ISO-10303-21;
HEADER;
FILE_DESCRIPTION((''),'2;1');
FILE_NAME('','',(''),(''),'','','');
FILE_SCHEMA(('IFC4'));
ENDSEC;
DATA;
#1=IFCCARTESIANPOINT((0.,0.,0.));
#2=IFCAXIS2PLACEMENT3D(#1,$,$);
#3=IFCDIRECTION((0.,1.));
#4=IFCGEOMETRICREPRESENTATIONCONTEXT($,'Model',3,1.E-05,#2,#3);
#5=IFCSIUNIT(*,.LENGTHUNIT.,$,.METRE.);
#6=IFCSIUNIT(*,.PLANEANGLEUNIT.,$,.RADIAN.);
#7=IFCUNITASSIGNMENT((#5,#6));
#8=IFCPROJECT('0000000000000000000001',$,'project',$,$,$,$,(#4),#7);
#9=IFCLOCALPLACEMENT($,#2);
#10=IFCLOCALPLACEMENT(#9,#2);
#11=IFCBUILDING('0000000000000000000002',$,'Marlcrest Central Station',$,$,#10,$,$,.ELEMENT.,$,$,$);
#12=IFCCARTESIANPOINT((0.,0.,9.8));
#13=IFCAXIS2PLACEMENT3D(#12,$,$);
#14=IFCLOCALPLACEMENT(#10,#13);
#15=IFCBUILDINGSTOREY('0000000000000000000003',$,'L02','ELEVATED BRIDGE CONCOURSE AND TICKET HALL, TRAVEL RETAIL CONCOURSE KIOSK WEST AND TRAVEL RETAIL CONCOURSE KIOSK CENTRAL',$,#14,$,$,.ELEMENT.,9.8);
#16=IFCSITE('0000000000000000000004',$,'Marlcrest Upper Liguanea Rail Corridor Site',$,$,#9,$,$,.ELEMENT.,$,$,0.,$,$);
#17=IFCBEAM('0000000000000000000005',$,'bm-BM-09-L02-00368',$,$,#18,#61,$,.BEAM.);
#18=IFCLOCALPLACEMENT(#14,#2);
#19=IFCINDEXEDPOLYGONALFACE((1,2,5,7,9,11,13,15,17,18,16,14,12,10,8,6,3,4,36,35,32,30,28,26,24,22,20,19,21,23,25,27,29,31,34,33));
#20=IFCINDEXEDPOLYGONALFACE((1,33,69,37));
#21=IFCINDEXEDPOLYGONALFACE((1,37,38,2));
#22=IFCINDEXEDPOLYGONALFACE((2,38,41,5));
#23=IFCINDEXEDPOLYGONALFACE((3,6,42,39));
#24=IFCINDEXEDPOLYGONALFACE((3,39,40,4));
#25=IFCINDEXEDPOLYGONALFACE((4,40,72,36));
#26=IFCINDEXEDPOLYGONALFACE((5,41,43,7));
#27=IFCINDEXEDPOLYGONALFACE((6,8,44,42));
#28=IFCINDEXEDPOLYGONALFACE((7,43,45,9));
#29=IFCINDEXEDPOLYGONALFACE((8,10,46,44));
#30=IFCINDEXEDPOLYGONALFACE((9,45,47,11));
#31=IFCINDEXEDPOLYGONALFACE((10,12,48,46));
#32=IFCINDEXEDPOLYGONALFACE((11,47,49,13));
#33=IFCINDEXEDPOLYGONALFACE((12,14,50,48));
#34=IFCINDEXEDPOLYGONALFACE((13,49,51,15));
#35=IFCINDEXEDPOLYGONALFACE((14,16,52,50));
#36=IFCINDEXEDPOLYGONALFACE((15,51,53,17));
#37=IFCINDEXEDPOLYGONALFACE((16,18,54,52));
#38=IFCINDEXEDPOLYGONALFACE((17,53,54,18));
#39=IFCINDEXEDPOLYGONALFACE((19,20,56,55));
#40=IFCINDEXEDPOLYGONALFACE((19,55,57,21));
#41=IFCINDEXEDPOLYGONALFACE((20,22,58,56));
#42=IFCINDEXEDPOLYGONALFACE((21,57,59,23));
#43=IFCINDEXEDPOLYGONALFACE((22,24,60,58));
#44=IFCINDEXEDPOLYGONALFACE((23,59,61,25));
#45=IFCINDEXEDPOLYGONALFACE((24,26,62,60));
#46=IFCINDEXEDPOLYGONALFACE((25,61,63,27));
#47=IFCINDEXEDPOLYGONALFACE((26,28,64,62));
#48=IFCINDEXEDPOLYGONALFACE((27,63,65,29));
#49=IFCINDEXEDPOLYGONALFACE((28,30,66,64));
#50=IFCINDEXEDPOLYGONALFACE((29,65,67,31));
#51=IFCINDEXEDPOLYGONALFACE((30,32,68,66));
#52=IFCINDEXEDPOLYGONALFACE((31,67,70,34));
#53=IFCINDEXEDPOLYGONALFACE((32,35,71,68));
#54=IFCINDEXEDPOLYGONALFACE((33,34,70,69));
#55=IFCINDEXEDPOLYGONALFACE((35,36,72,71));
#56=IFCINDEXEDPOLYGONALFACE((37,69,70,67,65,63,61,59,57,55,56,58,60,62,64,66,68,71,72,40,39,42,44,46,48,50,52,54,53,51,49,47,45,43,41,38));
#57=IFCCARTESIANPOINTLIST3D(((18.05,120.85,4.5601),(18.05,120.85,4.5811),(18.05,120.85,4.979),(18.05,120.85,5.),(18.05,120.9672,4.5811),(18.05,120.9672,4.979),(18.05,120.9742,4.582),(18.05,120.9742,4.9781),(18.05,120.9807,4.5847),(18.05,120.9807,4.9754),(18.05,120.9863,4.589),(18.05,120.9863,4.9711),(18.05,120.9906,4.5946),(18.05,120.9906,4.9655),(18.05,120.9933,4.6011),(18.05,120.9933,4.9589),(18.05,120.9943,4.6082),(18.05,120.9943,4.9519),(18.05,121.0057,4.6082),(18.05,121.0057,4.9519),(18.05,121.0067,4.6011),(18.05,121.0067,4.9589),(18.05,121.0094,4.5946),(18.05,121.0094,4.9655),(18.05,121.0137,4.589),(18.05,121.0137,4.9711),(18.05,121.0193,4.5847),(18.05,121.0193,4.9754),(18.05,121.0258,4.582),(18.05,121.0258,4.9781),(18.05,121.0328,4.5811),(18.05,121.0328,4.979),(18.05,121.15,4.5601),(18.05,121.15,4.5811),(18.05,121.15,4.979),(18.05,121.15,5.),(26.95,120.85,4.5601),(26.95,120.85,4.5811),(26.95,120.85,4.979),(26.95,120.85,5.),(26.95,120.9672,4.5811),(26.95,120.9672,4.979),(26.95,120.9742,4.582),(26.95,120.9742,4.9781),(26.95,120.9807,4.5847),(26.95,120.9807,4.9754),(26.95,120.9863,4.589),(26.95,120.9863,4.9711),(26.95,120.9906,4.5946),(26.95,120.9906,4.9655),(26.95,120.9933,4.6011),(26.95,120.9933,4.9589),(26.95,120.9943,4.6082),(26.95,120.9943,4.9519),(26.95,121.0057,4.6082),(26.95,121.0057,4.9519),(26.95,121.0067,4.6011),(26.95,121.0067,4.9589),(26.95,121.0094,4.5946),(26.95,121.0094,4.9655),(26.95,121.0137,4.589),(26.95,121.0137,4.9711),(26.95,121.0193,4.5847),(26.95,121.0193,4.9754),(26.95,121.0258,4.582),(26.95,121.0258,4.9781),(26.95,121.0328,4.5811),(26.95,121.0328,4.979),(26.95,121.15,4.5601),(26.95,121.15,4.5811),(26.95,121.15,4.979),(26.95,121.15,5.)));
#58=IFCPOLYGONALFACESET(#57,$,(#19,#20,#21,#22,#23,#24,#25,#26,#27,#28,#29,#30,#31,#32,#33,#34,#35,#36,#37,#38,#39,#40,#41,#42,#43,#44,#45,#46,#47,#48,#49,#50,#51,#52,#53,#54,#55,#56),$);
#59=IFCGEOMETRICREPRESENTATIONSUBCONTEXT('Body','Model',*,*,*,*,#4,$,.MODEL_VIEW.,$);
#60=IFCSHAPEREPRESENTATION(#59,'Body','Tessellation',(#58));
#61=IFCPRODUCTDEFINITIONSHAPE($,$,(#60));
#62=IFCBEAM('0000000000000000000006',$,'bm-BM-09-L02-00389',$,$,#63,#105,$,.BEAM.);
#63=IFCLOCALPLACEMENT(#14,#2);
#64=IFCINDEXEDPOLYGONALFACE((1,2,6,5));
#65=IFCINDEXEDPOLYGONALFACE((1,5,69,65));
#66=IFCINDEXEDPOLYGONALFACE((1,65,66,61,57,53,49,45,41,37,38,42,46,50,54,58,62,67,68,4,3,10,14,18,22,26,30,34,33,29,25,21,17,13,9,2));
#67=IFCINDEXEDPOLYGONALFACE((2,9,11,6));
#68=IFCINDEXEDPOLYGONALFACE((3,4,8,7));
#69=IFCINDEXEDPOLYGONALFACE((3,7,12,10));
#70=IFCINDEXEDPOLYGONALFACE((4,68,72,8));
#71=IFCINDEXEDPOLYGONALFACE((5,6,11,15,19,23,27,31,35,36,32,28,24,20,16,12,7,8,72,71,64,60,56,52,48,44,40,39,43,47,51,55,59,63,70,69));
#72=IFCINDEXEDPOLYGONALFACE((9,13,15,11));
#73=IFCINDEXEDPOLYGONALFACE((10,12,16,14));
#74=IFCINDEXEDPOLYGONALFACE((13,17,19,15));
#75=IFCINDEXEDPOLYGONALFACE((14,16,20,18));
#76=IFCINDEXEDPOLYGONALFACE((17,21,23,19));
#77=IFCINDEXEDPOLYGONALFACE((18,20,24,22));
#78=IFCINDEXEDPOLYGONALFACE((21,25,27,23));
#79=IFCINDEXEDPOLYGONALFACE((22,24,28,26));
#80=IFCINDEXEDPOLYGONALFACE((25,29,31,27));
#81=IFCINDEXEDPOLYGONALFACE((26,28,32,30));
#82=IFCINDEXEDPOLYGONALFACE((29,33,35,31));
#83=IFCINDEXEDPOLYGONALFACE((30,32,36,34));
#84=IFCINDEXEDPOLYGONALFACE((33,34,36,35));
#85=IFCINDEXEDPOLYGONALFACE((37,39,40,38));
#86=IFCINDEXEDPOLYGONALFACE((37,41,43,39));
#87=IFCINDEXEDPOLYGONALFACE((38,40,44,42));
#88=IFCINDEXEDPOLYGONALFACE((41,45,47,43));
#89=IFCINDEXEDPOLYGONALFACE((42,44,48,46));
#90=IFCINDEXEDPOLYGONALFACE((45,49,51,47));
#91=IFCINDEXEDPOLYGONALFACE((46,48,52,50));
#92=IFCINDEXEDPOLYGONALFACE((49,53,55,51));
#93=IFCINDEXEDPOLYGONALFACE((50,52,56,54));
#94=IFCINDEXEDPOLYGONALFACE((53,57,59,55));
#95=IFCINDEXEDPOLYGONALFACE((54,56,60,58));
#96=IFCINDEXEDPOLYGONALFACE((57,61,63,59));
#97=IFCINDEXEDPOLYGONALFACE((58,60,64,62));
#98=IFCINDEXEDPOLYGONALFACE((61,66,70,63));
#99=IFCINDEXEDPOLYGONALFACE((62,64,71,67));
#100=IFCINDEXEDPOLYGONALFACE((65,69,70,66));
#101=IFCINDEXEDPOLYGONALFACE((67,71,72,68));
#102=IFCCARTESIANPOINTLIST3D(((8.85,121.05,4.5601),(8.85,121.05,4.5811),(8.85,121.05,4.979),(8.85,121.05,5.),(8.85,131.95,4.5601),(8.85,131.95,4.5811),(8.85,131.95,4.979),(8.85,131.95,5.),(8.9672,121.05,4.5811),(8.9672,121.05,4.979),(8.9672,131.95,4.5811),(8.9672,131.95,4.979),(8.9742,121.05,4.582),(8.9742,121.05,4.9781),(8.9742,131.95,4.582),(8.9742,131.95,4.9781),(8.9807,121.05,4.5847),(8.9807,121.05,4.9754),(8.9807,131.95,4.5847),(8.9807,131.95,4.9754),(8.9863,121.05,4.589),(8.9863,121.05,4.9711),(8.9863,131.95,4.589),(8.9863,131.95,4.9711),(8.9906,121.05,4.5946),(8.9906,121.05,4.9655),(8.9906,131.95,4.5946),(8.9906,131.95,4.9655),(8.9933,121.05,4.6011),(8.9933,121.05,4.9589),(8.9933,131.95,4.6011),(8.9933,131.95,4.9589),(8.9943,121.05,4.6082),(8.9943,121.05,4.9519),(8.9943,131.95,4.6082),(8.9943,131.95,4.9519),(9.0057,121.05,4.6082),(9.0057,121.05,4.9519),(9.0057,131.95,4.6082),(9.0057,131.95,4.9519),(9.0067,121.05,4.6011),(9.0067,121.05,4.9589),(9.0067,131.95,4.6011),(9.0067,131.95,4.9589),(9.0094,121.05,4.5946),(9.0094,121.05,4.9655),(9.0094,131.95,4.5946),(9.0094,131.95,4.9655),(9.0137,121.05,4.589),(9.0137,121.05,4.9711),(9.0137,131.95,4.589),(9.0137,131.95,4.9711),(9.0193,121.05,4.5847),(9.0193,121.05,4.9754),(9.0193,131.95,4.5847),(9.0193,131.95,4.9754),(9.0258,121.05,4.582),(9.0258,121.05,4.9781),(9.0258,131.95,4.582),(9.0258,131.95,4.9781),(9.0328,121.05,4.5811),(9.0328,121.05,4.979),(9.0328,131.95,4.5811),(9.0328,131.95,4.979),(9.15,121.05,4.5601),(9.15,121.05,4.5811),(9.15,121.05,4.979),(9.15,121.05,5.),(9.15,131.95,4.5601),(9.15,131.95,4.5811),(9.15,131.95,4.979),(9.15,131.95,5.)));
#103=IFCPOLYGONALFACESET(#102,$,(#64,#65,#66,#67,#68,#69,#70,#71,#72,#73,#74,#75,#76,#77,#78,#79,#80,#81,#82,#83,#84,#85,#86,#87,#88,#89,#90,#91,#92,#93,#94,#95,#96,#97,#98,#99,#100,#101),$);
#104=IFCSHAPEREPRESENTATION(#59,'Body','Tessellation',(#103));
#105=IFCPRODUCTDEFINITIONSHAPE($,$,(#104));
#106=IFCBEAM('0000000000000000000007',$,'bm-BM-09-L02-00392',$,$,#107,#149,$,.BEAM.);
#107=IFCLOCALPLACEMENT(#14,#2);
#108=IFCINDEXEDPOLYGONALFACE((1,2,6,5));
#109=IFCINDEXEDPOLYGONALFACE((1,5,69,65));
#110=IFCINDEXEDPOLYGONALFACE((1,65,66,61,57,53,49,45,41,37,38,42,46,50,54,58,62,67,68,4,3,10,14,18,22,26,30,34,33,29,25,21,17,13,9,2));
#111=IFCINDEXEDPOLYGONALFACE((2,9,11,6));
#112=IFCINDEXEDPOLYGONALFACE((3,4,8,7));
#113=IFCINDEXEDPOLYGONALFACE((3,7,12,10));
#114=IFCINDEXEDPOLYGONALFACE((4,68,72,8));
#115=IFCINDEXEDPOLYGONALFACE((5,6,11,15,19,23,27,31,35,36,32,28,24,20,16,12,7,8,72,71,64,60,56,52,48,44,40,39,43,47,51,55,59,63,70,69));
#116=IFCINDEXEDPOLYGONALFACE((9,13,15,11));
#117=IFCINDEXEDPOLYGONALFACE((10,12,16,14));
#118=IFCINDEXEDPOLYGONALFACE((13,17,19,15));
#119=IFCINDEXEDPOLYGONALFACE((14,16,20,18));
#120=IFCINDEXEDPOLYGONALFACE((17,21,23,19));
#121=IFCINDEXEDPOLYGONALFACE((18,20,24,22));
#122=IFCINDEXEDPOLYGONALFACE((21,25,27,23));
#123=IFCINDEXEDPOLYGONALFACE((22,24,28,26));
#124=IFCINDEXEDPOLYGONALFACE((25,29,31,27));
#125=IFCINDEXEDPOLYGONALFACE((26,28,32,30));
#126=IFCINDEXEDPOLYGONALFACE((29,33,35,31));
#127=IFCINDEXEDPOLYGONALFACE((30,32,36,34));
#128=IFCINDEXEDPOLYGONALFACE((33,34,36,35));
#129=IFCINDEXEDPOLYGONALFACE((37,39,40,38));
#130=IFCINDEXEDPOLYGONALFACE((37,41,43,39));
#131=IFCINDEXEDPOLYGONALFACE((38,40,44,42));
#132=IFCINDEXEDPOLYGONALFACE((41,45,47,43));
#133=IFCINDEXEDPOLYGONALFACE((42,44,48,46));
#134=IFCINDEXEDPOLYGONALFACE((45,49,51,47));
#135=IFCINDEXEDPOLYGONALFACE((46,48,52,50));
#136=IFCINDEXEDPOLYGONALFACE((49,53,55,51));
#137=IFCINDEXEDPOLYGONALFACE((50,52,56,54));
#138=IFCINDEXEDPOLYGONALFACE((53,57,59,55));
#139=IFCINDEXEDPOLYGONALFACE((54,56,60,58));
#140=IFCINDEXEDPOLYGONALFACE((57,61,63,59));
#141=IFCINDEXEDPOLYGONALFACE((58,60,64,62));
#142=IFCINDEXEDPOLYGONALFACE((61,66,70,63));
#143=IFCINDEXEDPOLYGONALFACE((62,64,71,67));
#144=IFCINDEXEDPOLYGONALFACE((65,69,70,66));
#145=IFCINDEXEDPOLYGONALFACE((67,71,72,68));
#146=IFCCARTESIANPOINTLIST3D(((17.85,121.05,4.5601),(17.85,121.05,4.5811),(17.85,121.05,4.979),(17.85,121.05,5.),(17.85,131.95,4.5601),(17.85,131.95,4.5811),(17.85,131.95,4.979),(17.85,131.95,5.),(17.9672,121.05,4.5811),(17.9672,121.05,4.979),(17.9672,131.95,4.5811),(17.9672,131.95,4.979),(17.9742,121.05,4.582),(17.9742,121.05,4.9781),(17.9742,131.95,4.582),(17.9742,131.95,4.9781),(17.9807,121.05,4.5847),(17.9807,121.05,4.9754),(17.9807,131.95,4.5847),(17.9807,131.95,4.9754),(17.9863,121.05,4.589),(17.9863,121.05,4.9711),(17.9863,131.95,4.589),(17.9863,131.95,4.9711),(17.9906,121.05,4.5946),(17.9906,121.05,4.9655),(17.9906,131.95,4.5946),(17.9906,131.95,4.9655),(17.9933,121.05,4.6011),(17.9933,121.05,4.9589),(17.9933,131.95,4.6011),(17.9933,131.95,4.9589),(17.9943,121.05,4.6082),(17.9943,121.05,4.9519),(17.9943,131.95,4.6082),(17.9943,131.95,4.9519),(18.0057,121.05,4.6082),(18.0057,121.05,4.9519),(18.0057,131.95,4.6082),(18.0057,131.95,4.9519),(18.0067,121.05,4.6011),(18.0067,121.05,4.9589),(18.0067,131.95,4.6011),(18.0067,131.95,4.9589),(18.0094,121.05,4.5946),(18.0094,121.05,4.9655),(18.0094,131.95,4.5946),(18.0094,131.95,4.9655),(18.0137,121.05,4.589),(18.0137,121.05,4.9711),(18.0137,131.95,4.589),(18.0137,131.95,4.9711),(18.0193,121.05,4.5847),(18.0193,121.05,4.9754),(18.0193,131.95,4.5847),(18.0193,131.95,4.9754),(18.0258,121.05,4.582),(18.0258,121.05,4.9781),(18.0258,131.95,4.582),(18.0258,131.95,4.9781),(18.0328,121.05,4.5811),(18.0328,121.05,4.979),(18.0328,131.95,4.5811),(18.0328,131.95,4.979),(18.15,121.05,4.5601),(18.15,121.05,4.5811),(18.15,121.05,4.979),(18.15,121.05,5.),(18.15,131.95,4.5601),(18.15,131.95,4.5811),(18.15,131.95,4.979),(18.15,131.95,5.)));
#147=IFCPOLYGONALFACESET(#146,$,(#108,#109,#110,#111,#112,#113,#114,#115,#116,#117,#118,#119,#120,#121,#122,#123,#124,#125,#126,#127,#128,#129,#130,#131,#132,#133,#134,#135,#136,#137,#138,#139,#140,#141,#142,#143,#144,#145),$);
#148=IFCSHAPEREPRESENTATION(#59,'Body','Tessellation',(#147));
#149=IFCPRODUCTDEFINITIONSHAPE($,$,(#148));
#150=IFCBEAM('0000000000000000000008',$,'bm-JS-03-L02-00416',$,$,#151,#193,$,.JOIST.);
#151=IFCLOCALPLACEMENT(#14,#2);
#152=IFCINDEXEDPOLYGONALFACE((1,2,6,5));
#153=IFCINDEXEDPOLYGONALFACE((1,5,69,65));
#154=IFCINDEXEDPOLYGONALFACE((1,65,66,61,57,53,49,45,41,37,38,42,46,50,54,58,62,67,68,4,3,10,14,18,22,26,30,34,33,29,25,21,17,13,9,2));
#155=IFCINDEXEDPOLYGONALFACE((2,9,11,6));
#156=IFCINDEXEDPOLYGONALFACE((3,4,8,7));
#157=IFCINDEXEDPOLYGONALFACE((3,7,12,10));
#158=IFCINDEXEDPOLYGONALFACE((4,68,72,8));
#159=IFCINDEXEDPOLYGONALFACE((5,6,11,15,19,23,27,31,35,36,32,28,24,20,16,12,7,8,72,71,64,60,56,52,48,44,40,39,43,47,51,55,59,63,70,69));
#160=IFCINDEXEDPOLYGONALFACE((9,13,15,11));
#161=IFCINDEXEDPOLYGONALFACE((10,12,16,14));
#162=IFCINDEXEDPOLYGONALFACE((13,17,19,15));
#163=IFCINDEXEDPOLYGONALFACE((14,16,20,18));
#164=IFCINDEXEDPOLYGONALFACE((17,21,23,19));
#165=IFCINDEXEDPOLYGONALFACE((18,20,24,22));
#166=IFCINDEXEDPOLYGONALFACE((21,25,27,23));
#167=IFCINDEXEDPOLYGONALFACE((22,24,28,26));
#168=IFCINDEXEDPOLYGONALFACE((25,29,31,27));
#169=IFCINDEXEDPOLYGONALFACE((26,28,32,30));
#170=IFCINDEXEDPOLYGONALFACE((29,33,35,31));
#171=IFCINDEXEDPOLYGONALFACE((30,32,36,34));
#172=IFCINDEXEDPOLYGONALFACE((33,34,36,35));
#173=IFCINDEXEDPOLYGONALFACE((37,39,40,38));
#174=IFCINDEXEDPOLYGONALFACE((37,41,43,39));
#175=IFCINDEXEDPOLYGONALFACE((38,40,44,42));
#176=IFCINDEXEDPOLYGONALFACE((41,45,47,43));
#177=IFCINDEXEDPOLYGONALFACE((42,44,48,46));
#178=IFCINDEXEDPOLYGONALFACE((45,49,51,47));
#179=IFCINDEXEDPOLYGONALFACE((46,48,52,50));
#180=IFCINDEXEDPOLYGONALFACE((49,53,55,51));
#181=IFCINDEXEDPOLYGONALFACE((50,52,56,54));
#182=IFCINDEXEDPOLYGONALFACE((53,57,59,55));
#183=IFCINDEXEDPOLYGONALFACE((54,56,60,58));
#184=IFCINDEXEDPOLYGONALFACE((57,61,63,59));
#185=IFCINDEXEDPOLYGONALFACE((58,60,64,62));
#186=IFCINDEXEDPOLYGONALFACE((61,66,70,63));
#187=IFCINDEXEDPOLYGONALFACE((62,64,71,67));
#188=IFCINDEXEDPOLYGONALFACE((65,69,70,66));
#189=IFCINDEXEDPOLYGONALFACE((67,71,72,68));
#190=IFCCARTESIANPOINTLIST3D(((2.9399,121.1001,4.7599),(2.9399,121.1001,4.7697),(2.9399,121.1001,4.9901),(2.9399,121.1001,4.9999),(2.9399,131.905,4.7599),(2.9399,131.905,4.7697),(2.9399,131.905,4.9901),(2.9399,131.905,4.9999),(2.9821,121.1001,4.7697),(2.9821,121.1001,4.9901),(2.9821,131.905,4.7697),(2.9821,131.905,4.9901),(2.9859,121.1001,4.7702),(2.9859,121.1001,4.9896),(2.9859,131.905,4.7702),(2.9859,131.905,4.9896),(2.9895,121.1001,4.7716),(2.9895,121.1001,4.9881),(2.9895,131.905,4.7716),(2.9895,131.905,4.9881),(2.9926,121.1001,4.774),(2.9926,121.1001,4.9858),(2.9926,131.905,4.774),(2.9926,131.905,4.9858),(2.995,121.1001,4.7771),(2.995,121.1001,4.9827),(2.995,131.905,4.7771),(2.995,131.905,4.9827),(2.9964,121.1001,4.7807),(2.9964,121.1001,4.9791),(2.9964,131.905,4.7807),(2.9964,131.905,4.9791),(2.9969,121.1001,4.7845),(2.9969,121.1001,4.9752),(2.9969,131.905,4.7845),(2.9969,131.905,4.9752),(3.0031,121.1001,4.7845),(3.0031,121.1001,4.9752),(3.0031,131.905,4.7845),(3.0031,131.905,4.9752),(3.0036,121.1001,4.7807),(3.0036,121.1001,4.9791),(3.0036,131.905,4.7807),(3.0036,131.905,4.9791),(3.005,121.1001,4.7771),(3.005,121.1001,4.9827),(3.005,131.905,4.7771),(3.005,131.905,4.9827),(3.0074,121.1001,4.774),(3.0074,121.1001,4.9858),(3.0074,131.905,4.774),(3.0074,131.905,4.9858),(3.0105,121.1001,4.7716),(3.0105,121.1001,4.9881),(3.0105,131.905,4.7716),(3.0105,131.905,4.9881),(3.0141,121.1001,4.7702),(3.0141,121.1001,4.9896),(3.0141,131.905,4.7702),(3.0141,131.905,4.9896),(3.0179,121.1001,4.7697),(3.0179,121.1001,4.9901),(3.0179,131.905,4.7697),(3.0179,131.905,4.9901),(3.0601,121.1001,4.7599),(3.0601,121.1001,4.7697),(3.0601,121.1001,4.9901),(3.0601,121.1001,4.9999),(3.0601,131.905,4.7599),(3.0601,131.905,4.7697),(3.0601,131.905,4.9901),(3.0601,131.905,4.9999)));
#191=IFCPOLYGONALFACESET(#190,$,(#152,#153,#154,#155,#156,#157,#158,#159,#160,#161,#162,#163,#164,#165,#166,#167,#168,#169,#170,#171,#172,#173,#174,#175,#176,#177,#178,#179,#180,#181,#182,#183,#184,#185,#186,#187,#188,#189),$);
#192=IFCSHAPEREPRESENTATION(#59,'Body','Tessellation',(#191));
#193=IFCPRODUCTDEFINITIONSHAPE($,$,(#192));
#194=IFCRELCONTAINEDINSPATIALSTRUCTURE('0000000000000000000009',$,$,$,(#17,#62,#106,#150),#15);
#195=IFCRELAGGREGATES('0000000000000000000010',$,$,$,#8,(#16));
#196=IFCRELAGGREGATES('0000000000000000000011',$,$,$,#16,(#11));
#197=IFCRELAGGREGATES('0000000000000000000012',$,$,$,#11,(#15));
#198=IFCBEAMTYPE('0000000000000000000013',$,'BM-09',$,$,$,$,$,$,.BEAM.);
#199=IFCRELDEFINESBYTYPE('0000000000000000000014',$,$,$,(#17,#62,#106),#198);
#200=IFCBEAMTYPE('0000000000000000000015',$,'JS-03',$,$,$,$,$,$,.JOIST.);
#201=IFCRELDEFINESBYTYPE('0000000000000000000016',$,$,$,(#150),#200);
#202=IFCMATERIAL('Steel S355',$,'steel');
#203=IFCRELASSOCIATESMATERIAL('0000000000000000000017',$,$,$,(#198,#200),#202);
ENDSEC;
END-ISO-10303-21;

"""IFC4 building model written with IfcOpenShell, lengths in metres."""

from ifc_helpers import new_model, si_unit, direction, frame, origin, origin_2d, place, context, subcontext, project, spatial, i_section, extrude, material, material_profile, profile_set, type_object, element, save


model = new_model("IFC4")

# Units and contexts
model_context = context("Model", 3, precision=1e-05, world=origin(), true_north=direction((0.0, 1.0)))
body_context = subcontext(model_context, "Body", "Model", "MODEL_VIEW")
ifc_project = project(units=[si_unit("LENGTHUNIT", "METRE"), si_unit("PLANEANGLEUNIT", "RADIAN")], contexts=[model_context])

# Site, building, storey
site_placement = place(None, origin())
site = spatial("IfcSite", under=ifc_project, at=site_placement, Name="Marlcrest Upper Liguanea Rail Corridor Site", CompositionType="ELEMENT", RefElevation=0.0)
building_placement = place(site_placement, origin())
building = spatial("IfcBuilding", under=site, at=building_placement, Name="Marlcrest Central Station", CompositionType="ELEMENT")
storey_placement = place(building_placement, frame((0.0, 0.0, 9.8)))
storey = spatial("IfcBuildingStorey", under=building, at=storey_placement, Name="L02", Description="ELEVATED BRIDGE CONCOURSE AND TICKET HALL, TRAVEL RETAIL CONCOURSE KIOSK WEST AND TRAVEL RETAIL CONCOURSE KIOSK CENTRAL", CompositionType="ELEMENT", Elevation=9.8)

# Shared definitions
ifc_material_1 = material(Name="Steel S355", Category="steel")

# Beams
ifc_material_profile_1 = material_profile(ifc_material_1, i_section(OverallWidth=0.3, OverallDepth=0.4399, WebThickness=0.0115, FlangeThickness=0.021, FilletRadius=0.0271, at=origin_2d()), Name="HEA 450")
ifc_profile_set_1 = profile_set([ifc_material_profile_1], Name="Steel S355")
beam_type_1 = type_object("IfcBeamType", Name="BM-09", PredefinedType="BEAM", material=ifc_profile_set_1)
for number, where, z_axis, x_axis, name in (
    (1, (18.05, 121.0, 4.78), (1.0, 0.0, 0.0), (0.0, 1.0, 0.0), "bm-BM-09-L02-00368"),
):
    element("IfcBeam", number, at=place(storey_placement, frame(where, z_axis=z_axis, x_axis=x_axis)), inside=storey, type_object=beam_type_1, Name=name, PredefinedType="BEAM", context=body_context, shape_type="SweptSolid", body=[
        extrude(i_section(OverallWidth=0.3, OverallDepth=0.4399, WebThickness=0.0115, FlangeThickness=0.021, FilletRadius=0.0271, at=origin_2d()), origin(), (0.0, 0.0, 1.0), 8.8999),
    ])
for number, where, z_axis, x_axis, name in (
    (2, (9.0, 121.05, 4.78), (0.0, 1.0, 0.0), (-1.0, 0.0, 0.0), "bm-BM-09-L02-00389"),
    (3, (18.0, 121.05, 4.78), (0.0, 1.0, 0.0), (-1.0, 0.0, 0.0), "bm-BM-09-L02-00392"),
):
    element("IfcBeam", number, at=place(storey_placement, frame(where, z_axis=z_axis, x_axis=x_axis)), inside=storey, type_object=beam_type_1, Name=name, PredefinedType="BEAM", context=body_context, shape_type="SweptSolid", body=[
        extrude(i_section(OverallWidth=0.3, OverallDepth=0.4399, WebThickness=0.0115, FlangeThickness=0.021, FilletRadius=0.0271, at=origin_2d()), origin(), (0.0, 0.0, 1.0), 10.8999),
    ])
ifc_material_profile_2 = material_profile(ifc_material_1, i_section(OverallWidth=0.1201, OverallDepth=0.24, WebThickness=0.0061, FlangeThickness=0.0098, FilletRadius=0.0149, at=origin_2d()), Name="IPE 240")
ifc_profile_set_2 = profile_set([ifc_material_profile_2], Name="Steel S355")
beam_type_2 = type_object("IfcBeamType", Name="JS-03", PredefinedType="JOIST", material=ifc_profile_set_2)
for number, where, z_axis, x_axis, name in (
    (4, (3.0, 121.1001, 4.8799), (0.0, 1.0, 0.0), (-1.0, 0.0, 0.0), "bm-JS-03-L02-00416"),
):
    element("IfcBeam", number, at=place(storey_placement, frame(where, z_axis=z_axis, x_axis=x_axis)), inside=storey, type_object=beam_type_2, Name=name, PredefinedType="JOIST", context=body_context, shape_type="SweptSolid", body=[
        extrude(i_section(OverallWidth=0.1201, OverallDepth=0.24, WebThickness=0.0061, FlangeThickness=0.0098, FilletRadius=0.0149, at=origin_2d()), origin(), (0.0, 0.0, 1.0), 10.8049),
    ])

save(model, "model.ifc")
